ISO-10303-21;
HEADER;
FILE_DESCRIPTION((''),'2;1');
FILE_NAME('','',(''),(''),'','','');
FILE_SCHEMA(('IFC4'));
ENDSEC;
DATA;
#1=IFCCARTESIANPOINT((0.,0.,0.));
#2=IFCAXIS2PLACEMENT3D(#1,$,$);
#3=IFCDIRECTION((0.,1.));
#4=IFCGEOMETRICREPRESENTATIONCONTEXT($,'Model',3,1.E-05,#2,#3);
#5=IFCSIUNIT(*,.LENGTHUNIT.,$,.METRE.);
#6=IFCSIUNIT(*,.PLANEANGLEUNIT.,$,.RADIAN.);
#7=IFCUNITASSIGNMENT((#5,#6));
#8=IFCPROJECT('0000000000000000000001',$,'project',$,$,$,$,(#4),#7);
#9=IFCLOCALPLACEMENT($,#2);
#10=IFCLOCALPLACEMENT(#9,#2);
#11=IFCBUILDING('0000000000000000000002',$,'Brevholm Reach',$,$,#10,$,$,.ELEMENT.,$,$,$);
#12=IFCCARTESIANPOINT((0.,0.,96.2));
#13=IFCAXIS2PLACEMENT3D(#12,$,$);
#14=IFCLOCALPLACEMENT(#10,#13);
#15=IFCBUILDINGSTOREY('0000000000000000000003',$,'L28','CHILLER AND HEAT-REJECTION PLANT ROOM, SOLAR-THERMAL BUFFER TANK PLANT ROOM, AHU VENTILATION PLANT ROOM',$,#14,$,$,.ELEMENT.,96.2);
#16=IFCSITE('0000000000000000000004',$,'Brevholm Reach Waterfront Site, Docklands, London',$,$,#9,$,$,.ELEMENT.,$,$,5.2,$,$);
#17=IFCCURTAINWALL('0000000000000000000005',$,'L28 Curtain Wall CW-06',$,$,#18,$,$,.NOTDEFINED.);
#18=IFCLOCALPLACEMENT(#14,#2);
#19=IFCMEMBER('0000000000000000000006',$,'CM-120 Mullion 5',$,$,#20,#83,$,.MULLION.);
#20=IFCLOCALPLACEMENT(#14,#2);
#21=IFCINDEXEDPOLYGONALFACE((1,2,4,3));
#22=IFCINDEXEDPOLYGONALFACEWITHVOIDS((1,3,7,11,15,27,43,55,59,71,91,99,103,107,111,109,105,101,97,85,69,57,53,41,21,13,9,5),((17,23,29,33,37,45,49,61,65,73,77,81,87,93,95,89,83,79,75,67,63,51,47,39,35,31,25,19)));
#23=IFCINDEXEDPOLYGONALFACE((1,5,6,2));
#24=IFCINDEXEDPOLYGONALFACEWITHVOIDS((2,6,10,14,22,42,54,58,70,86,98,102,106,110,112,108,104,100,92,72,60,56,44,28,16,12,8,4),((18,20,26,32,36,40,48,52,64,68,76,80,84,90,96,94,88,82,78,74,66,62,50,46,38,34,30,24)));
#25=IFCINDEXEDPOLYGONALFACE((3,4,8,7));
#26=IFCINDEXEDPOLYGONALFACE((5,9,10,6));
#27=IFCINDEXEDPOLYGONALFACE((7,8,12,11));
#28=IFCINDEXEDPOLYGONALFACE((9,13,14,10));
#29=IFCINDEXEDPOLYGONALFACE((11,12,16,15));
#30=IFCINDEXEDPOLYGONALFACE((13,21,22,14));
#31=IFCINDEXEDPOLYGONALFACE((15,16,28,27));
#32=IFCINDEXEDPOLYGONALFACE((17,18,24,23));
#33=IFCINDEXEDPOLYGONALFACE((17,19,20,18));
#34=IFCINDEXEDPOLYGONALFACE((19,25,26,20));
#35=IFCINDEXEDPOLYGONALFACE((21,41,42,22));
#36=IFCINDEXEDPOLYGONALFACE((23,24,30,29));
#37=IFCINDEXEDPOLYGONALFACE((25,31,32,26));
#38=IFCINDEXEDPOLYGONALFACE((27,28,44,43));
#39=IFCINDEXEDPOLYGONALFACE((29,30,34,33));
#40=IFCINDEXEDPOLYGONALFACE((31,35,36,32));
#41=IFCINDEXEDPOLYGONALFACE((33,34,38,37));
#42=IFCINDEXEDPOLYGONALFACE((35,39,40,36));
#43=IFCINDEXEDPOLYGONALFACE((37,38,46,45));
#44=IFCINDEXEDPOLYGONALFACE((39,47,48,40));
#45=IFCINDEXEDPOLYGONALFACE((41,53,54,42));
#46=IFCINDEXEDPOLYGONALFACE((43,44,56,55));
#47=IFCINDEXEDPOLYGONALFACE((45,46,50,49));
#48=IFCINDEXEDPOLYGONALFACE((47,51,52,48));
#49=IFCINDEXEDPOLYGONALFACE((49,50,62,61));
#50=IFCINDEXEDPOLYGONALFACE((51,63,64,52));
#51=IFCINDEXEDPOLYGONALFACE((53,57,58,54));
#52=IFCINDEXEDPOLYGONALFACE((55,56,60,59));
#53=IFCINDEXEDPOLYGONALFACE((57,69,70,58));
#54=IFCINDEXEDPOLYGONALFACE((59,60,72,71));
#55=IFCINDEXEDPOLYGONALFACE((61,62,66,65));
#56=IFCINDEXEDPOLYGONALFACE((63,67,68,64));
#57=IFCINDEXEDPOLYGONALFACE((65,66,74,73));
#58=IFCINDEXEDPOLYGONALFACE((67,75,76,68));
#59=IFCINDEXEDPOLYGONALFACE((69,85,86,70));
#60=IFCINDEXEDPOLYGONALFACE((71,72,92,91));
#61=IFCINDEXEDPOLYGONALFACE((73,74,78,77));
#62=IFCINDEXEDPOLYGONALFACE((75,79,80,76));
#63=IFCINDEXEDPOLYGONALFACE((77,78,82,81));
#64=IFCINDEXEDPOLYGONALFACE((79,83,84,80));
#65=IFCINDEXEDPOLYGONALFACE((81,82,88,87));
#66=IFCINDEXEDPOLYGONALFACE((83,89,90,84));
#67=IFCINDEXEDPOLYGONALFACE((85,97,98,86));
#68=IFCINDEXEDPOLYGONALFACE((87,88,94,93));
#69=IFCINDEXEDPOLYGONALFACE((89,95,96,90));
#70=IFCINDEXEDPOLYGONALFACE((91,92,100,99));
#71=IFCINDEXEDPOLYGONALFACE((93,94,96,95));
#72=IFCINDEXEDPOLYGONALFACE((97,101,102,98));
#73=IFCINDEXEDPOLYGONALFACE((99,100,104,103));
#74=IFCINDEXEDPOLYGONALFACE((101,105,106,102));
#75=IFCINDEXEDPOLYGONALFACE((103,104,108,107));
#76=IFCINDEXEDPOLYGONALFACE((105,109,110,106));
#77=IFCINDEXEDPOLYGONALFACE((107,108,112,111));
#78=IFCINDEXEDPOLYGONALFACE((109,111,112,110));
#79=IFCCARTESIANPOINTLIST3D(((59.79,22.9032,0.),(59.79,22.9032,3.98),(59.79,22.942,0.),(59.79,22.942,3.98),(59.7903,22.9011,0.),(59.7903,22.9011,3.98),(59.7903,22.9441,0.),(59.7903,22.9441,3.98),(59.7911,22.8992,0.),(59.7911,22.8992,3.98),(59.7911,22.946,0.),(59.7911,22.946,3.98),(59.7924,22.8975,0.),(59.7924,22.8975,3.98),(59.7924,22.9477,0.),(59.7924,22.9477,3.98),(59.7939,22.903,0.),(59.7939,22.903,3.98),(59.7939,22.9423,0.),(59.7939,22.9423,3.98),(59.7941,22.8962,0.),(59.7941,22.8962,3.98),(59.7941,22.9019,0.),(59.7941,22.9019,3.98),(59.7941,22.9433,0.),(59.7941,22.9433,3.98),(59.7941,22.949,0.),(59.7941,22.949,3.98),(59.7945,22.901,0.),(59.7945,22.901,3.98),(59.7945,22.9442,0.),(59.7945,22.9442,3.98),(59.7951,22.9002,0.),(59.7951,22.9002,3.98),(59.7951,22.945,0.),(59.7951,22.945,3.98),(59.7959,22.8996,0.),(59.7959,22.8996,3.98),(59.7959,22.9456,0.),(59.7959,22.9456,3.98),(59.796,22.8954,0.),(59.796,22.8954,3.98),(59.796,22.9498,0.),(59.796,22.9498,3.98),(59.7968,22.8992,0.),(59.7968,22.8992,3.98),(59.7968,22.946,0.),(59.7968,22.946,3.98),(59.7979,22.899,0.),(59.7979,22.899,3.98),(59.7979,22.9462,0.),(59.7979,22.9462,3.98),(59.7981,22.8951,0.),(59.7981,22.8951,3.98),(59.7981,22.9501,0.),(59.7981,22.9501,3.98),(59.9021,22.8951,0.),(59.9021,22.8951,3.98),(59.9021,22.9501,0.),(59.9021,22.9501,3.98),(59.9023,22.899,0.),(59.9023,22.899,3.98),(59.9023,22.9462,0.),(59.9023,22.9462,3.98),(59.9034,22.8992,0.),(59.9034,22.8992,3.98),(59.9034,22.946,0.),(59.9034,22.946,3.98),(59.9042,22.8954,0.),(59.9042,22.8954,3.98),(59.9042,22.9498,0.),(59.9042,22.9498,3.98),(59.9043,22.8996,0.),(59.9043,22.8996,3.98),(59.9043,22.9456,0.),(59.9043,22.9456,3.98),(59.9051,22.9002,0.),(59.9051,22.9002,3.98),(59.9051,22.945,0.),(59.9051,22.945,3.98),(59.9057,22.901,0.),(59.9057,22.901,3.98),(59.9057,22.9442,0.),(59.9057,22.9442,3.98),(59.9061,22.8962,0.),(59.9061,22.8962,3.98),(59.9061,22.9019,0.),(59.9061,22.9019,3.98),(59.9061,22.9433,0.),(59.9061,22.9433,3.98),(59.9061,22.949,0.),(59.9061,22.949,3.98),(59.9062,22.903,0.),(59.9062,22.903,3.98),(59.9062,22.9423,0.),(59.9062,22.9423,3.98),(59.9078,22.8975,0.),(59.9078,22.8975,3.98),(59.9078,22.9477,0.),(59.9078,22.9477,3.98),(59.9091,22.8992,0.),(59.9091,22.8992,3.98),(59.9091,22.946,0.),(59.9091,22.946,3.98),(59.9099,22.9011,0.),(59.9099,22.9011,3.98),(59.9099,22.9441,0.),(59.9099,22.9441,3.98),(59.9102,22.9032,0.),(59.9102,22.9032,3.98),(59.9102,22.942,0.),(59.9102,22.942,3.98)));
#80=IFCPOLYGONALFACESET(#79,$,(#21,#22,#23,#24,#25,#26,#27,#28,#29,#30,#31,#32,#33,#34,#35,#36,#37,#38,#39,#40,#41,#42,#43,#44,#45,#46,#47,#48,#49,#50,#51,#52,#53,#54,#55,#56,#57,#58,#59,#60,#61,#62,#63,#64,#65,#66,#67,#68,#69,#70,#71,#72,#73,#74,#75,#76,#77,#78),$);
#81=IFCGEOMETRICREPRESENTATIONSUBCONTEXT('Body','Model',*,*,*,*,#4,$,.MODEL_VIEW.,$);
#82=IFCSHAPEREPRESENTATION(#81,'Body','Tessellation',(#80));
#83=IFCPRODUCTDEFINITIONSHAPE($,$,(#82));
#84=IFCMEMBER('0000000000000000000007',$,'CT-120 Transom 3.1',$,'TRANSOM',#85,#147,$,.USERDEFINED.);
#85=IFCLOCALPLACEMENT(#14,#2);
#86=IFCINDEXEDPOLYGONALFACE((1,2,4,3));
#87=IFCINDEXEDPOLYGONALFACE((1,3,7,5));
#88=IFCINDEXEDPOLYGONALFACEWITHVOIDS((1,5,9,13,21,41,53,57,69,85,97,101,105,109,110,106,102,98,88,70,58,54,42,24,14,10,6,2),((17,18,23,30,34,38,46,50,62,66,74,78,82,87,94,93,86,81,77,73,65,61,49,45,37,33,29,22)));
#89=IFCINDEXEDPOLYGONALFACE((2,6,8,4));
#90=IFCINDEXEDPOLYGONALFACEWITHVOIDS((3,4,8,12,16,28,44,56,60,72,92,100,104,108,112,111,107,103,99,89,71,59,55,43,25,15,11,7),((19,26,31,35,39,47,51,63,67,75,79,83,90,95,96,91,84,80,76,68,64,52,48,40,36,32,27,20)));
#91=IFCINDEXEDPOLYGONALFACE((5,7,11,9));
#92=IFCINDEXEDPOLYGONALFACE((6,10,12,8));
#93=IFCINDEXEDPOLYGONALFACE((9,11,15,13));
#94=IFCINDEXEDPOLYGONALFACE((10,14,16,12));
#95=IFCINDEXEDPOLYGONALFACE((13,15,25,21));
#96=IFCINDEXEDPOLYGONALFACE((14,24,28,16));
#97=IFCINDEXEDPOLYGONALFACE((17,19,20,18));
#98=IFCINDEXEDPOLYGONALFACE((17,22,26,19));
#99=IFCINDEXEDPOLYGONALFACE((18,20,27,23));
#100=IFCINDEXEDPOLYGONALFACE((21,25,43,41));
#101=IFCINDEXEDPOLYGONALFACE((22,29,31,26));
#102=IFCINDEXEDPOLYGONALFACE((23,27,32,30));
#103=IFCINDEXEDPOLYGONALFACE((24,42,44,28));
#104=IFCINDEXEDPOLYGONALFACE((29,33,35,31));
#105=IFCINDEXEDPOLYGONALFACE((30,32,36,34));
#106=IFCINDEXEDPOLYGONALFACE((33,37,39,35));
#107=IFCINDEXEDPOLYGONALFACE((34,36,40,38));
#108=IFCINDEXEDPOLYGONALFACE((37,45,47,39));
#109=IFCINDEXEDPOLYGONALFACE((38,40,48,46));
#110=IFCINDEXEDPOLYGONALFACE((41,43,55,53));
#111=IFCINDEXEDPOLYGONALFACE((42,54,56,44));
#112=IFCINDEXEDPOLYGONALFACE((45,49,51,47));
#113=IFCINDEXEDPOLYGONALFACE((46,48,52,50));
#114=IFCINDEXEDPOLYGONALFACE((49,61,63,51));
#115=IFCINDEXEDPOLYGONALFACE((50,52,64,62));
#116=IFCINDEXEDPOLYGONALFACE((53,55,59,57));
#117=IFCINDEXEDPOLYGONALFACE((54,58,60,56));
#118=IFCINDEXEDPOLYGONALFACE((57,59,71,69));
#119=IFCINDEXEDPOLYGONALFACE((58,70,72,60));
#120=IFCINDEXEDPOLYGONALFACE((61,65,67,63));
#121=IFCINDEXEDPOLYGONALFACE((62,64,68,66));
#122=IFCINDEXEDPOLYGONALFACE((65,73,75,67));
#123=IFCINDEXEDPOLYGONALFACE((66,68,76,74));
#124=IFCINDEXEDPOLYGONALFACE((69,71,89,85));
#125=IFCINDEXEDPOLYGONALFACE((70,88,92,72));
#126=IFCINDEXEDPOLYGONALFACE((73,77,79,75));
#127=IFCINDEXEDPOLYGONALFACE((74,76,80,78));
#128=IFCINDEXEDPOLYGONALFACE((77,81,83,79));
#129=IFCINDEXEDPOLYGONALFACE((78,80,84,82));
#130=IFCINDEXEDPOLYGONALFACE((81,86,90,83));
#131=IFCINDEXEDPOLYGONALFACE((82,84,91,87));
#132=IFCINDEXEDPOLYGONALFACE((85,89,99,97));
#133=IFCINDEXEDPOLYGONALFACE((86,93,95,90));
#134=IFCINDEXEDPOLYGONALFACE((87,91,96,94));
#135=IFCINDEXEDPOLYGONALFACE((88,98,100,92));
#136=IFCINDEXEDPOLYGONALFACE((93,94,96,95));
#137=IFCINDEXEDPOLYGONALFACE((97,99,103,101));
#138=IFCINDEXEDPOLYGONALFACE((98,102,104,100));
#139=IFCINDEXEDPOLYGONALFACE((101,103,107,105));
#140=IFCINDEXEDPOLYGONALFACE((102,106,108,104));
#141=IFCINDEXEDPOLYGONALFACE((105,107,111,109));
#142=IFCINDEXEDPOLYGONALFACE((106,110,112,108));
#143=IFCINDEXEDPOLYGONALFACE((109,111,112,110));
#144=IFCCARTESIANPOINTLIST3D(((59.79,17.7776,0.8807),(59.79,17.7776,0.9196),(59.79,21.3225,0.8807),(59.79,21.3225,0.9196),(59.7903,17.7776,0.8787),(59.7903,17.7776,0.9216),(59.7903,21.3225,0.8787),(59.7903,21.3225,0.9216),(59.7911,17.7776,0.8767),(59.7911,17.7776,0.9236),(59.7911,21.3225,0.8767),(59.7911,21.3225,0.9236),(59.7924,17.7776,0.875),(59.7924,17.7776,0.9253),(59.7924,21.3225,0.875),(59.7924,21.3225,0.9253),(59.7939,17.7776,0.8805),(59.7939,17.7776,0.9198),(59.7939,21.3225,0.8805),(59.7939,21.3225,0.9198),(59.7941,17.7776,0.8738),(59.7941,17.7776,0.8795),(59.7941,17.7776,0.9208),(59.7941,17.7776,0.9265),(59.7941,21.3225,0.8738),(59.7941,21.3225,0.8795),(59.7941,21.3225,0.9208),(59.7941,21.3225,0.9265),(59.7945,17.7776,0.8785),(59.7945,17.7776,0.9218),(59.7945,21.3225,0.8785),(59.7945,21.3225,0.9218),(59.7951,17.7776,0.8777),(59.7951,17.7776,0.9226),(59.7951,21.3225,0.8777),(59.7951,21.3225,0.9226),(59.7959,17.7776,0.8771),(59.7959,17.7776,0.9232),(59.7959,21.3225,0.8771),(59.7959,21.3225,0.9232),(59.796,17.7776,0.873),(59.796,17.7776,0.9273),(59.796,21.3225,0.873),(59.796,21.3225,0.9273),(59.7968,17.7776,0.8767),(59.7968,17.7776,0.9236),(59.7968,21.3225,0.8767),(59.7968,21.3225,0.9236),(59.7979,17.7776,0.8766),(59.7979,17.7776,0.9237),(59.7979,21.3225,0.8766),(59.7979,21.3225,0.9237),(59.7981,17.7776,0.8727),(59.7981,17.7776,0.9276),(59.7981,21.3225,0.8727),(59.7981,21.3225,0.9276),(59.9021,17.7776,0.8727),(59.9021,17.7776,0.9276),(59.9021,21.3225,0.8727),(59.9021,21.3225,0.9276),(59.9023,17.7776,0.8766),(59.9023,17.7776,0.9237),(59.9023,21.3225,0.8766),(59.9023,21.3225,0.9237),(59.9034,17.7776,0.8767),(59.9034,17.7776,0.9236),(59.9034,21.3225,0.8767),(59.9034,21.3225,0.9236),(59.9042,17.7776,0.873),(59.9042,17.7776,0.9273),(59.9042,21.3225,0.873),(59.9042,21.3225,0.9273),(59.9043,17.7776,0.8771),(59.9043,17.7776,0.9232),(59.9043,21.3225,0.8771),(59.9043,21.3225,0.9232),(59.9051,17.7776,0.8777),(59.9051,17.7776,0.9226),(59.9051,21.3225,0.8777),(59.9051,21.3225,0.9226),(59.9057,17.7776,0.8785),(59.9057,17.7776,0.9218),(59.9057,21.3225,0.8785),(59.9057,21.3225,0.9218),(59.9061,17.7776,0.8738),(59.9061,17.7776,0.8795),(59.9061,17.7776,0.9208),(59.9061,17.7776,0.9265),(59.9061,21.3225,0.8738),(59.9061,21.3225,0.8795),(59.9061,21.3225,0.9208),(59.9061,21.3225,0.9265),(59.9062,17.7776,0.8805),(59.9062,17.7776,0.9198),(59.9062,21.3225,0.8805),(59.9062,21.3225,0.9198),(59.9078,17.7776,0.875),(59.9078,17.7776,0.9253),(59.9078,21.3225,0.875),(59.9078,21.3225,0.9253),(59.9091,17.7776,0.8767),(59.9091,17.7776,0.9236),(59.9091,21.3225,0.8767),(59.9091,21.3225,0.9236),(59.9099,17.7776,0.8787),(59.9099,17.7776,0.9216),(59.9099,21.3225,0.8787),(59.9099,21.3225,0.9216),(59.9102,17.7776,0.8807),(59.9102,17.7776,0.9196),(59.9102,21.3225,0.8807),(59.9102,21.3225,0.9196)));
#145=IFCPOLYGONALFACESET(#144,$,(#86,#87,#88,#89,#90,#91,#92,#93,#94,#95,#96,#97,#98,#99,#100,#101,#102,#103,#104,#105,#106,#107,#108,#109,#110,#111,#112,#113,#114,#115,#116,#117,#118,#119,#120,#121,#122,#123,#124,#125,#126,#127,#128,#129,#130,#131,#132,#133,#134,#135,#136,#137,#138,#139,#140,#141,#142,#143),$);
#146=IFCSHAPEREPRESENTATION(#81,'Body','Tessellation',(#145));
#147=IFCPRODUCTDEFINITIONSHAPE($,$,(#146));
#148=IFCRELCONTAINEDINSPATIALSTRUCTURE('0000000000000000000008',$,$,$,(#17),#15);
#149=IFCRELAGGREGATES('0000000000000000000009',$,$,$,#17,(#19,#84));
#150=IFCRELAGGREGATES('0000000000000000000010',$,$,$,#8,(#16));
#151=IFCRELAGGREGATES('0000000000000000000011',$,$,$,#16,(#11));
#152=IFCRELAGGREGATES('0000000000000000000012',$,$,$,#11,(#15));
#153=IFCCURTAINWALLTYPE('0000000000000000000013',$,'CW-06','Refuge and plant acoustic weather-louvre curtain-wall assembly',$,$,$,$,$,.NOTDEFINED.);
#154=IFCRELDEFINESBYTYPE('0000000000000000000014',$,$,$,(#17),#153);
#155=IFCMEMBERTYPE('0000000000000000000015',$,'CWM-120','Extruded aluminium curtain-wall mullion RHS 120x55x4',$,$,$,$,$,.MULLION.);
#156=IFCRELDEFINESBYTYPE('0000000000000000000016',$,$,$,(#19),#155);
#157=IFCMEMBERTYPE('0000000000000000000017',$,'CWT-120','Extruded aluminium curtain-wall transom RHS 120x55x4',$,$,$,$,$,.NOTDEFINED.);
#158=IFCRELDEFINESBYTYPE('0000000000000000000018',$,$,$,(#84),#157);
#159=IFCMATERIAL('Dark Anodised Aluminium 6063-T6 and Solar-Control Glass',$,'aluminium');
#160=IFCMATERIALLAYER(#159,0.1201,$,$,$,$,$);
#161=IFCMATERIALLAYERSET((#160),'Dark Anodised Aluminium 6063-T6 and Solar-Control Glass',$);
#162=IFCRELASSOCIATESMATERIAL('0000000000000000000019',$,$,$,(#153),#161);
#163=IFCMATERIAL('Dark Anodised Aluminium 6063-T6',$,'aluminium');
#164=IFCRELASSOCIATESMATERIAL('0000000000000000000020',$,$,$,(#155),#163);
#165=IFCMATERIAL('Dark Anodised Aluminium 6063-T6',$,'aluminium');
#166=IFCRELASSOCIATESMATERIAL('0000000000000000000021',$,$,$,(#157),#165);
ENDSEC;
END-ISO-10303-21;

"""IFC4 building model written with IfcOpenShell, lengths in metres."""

from ifc_helpers import new_model, si_unit, direction, frame, origin, origin_2d, place, context, subcontext, project, spatial, hollow_rectangle, extrude, material, layer, layer_set, material_profile, profile_set, type_object, element, aggregate, save


model = new_model("IFC4")

# Units and contexts
model_context = context("Model", 3, precision=1e-05, world=origin(), true_north=direction((0.0, 1.0)))
body_context = subcontext(model_context, "Body", "Model", "MODEL_VIEW")
ifc_project = project(units=[si_unit("LENGTHUNIT", "METRE"), si_unit("PLANEANGLEUNIT", "RADIAN")], contexts=[model_context])

# Site, building, storey
site_placement = place(None, origin())
site = spatial("IfcSite", under=ifc_project, at=site_placement, Name="Brevholm Reach Waterfront Site, Docklands, London", CompositionType="ELEMENT", RefElevation=5.2)
building_placement = place(site_placement, origin())
building = spatial("IfcBuilding", under=site, at=building_placement, Name="Brevholm Reach", CompositionType="ELEMENT")
storey_placement = place(building_placement, frame((0.0, 0.0, 96.2)))
storey = spatial("IfcBuildingStorey", under=building, at=storey_placement, Name="L28", Description="CHILLER AND HEAT-REJECTION PLANT ROOM, SOLAR-THERMAL BUFFER TANK PLANT ROOM, AHU VENTILATION PLANT ROOM", CompositionType="ELEMENT", Elevation=96.2)

# Curtain wall, members
ifc_material_1 = material(Name="Dark Anodised Aluminium 6063-T6 and Solar-Control Glass", Category="aluminium")
ifc_layer_1 = layer(ifc_material_1, 0.1201)
ifc_layer_set_1 = layer_set([ifc_layer_1], Name="Dark Anodised Aluminium 6063-T6 and Solar-Control Glass")
curtain_wall_type = type_object("IfcCurtainWallType", Name="CW-06", Description="Refuge and plant acoustic weather-louvre curtain-wall assembly", PredefinedType="NOTDEFINED", material=ifc_layer_set_1)
curtain_wall_placement = place(storey_placement, origin())
curtain_wall = element("IfcCurtainWall", 1, at=curtain_wall_placement, inside=storey, type_object=curtain_wall_type, Name="L28 Curtain Wall CW-06", PredefinedType="NOTDEFINED")
ifc_material_2 = material(Name="Dark Anodised Aluminium 6063-T6", Category="aluminium")
ifc_material_profile_1 = material_profile(ifc_material_2, hollow_rectangle(XDim=0.0549, YDim=0.1201, WallThickness=0.0039, InnerFilletRadius=0.0039, OuterFilletRadius=0.0081, at=origin_2d()), Name="RHS 120x55x4")
ifc_profile_set_1 = profile_set([ifc_material_profile_1], Name="Dark Anodised Aluminium 6063-T6")
member_type_1 = type_object("IfcMemberType", Name="CWM-120", Description="Extruded aluminium curtain-wall mullion RHS 120x55x4", PredefinedType="MULLION", material=ifc_profile_set_1)
member_1_placement = place(storey_placement, frame((59.8501, 22.9226, 0.0), z_axis=(0.0, 0.0, 1.0), x_axis=(0.0, 1.0, 0.0)))
member_1 = element("IfcMember", 2, at=member_1_placement, type_object=member_type_1, Name="CM-120 Mullion 5", PredefinedType="MULLION", context=body_context, shape_type="SweptSolid", body=[
    extrude(hollow_rectangle(XDim=0.0549, YDim=0.1201, WallThickness=0.0039, InnerFilletRadius=0.0039, OuterFilletRadius=0.0081, at=origin_2d()), origin(), (0.0, 0.0, 1.0), 3.98),
])
ifc_material_3 = material(Name="Dark Anodised Aluminium 6063-T6", Category="aluminium")
ifc_material_profile_2 = material_profile(ifc_material_3, hollow_rectangle(XDim=0.0549, YDim=0.1201, WallThickness=0.0039, InnerFilletRadius=0.0039, OuterFilletRadius=0.0081, at=origin_2d()), Name="RHS 120x55x4")
ifc_profile_set_2 = profile_set([ifc_material_profile_2], Name="Dark Anodised Aluminium 6063-T6")
member_type_2 = type_object("IfcMemberType", Name="CWT-120", Description="Extruded aluminium curtain-wall transom RHS 120x55x4", PredefinedType="NOTDEFINED", material=ifc_profile_set_2)
member_2_placement = place(storey_placement, frame((59.8501, 17.7776, 0.9001), z_axis=(0.0, 1.0, 0.0), x_axis=(0.0, 0.0, 1.0)))
member_2 = element("IfcMember", 3, at=member_2_placement, type_object=member_type_2, Name="CT-120 Transom 3.1", ObjectType="TRANSOM", PredefinedType="USERDEFINED", context=body_context, shape_type="SweptSolid", body=[
    extrude(hollow_rectangle(XDim=0.0549, YDim=0.1201, WallThickness=0.0039, InnerFilletRadius=0.0039, OuterFilletRadius=0.0081, at=origin_2d()), origin(), (0.0, 0.0, 1.0), 3.5449),
])

aggregate(curtain_wall, [member_1, member_2])

save(model, "model.ifc")
